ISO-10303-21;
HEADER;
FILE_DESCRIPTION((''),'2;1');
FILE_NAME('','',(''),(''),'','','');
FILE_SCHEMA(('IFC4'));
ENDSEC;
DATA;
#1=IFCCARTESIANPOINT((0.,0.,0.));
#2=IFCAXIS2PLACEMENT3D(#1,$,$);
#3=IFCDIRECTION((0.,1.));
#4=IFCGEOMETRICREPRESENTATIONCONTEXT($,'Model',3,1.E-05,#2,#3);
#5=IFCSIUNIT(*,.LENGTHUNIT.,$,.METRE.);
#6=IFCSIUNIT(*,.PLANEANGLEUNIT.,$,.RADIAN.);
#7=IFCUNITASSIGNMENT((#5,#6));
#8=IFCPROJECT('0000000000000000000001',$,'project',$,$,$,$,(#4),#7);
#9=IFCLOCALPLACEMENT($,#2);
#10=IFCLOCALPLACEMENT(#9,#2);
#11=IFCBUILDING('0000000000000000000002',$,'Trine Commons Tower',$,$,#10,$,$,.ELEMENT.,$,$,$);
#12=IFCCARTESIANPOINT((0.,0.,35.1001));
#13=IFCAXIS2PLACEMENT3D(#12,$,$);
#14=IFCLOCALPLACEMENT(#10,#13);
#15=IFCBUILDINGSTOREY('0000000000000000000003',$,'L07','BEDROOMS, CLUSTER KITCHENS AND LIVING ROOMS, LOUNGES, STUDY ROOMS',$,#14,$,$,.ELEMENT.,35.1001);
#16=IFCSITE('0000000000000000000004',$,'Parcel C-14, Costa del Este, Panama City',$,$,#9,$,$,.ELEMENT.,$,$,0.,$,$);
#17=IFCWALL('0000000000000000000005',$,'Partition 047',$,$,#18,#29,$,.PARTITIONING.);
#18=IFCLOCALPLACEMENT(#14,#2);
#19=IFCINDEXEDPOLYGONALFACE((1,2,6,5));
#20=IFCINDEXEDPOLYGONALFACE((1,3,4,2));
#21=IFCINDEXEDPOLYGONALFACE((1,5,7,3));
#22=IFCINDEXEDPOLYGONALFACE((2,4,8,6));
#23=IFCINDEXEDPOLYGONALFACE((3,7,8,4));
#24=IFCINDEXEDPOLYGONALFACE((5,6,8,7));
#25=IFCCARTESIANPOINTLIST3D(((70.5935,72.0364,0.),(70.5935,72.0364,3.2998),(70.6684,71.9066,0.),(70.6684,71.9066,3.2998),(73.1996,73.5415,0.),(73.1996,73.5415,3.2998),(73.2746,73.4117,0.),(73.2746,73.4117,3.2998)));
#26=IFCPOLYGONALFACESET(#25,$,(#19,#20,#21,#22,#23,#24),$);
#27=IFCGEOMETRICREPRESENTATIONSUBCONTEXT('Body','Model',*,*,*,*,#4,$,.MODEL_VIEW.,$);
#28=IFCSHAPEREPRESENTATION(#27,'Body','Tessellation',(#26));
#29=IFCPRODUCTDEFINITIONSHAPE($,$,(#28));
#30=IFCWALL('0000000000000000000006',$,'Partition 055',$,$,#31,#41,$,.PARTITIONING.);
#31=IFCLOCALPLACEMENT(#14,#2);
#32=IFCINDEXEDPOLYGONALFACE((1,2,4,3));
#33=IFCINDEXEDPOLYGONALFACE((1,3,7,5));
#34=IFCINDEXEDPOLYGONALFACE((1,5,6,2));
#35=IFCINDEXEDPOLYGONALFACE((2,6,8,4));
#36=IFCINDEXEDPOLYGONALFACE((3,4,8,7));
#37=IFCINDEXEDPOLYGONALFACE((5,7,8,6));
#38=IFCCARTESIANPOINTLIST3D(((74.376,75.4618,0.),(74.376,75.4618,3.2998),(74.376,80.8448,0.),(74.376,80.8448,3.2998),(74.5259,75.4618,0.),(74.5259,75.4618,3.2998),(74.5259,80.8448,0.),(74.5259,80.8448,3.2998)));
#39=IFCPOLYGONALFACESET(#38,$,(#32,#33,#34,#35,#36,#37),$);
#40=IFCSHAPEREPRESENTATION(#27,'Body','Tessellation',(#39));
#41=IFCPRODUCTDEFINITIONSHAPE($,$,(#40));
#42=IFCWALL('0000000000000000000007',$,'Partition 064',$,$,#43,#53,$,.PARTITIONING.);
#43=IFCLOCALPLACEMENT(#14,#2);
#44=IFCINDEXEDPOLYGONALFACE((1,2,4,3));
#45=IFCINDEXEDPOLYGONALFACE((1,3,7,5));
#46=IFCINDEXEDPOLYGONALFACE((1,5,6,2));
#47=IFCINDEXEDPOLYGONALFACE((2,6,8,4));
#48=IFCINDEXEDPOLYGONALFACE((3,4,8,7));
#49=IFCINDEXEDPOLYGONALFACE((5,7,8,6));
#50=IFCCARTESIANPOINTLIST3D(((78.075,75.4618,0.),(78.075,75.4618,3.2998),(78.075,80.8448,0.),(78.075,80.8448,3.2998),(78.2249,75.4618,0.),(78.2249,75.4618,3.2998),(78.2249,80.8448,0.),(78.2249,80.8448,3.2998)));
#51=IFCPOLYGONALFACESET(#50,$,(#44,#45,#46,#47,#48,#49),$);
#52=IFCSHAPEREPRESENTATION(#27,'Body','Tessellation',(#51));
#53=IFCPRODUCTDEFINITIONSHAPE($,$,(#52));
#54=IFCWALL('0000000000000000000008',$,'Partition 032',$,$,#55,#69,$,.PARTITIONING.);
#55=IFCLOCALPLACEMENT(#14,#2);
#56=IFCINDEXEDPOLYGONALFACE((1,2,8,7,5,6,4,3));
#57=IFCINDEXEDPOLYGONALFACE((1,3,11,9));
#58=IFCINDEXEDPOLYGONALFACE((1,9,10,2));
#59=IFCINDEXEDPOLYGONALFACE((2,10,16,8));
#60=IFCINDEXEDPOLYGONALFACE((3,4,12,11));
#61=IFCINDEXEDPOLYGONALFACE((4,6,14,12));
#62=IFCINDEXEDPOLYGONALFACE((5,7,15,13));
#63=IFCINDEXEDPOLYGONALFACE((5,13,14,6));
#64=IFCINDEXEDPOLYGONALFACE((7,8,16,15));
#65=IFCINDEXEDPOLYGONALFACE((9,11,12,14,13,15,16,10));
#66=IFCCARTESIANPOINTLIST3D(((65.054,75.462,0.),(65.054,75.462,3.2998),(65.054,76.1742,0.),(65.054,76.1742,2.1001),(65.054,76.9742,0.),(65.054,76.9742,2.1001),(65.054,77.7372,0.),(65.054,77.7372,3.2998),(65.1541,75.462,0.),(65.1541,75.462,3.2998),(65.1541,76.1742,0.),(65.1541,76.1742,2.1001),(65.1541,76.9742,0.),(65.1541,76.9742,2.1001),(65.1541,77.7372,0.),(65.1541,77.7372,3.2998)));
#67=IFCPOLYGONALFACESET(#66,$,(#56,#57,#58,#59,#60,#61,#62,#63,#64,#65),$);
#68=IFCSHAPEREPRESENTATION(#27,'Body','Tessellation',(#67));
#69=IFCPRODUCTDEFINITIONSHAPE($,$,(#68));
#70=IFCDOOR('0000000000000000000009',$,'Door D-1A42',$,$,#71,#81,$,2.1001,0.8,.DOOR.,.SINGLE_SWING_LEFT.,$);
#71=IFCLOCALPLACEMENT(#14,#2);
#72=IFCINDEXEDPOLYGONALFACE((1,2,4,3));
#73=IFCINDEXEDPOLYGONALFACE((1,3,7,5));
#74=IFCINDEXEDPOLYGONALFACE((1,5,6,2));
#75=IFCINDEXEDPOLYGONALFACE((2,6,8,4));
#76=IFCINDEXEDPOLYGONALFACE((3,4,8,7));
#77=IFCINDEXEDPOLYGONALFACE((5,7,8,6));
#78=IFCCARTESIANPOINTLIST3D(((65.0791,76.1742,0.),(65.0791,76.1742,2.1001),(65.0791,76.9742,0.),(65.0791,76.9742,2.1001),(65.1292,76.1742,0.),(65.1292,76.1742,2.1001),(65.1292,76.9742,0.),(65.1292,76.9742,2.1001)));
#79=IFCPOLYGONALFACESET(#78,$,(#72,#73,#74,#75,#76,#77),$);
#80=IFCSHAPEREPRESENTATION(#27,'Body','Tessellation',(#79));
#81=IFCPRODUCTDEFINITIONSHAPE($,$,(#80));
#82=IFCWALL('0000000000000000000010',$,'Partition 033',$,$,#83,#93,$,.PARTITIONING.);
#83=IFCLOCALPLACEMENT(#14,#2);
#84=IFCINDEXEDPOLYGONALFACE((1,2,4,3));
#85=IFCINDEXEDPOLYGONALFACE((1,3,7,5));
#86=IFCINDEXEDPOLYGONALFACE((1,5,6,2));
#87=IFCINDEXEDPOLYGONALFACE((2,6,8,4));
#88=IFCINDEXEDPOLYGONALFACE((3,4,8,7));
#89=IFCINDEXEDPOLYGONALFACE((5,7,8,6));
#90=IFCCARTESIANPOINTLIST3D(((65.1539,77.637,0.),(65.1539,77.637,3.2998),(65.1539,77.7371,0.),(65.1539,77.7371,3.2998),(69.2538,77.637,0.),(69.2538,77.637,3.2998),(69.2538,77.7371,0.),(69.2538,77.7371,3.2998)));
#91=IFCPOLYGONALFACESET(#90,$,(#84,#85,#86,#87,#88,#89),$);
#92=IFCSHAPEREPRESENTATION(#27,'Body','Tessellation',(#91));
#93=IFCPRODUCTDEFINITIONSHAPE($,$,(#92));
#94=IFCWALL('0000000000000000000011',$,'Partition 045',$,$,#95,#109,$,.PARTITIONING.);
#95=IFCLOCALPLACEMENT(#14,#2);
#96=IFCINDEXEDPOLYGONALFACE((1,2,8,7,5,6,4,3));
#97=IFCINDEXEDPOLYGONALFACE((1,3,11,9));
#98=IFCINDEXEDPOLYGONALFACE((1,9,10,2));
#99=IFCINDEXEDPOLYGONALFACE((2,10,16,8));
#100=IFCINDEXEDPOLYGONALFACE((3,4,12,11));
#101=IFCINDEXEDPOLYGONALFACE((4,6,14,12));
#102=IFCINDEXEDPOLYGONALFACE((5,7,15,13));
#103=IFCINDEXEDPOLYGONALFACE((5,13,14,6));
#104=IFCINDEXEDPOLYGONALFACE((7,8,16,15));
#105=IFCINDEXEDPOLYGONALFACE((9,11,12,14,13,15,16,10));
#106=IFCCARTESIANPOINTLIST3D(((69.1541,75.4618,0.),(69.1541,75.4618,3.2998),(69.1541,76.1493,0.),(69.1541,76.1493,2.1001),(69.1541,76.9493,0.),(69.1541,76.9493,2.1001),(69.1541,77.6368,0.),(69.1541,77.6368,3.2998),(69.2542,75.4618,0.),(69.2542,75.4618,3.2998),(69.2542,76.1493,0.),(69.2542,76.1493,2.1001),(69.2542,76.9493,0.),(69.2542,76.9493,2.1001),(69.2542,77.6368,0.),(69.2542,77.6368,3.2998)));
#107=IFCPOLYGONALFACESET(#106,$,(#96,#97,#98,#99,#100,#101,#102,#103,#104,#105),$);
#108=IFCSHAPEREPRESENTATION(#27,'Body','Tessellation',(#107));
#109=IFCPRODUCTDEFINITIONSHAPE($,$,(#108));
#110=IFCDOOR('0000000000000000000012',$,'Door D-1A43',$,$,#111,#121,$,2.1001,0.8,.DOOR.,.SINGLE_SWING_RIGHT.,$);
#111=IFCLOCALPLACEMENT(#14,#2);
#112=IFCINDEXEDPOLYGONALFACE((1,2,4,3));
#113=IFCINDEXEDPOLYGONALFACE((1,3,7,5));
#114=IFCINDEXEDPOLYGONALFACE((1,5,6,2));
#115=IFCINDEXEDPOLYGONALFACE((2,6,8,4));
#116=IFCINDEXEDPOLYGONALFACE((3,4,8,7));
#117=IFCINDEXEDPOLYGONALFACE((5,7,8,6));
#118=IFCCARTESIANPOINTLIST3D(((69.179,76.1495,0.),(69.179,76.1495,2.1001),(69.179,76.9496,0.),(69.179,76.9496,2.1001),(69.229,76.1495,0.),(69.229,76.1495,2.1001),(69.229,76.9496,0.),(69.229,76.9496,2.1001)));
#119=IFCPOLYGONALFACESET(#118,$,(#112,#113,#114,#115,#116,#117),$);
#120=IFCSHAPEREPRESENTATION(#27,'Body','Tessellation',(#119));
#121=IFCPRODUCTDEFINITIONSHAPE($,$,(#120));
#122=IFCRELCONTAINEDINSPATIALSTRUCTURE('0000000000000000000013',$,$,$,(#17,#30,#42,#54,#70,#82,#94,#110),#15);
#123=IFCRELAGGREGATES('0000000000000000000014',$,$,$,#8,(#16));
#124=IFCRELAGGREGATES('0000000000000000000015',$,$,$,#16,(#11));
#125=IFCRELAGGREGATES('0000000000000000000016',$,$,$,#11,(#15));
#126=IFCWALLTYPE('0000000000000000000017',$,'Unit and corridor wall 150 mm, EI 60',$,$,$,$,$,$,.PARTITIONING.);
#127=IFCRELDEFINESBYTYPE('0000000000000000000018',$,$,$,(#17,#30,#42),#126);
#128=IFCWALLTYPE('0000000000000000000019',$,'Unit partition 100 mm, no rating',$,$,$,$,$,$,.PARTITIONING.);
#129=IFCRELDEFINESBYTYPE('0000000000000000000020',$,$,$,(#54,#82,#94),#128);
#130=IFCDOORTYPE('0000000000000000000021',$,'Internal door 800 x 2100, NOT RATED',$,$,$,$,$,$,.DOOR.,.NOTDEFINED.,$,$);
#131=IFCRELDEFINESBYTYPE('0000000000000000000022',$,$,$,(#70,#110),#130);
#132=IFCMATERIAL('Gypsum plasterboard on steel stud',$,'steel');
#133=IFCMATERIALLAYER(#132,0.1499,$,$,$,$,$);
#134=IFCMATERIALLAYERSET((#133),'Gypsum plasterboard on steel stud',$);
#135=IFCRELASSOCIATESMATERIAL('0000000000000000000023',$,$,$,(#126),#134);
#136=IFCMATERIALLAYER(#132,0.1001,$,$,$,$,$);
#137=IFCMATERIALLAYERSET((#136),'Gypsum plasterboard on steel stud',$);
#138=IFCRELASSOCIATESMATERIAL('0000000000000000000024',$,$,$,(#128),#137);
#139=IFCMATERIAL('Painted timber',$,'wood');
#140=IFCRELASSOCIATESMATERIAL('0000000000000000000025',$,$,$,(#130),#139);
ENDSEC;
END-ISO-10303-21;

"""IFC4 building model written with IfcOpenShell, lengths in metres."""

from ifc_helpers import new_model, si_unit, direction, frame, frame_2d, origin, place, context, subcontext, project, spatial, rectangle, extrude, material, layer, layer_set, type_object, element, fill, save


model = new_model("IFC4")

# Units and contexts
model_context = context("Model", 3, precision=1e-05, world=origin(), true_north=direction((0.0, 1.0)))
body_context = subcontext(model_context, "Body", "Model", "MODEL_VIEW")
ifc_project = project(units=[si_unit("LENGTHUNIT", "METRE"), si_unit("PLANEANGLEUNIT", "RADIAN")], contexts=[model_context])

# Site, building, storey
site_placement = place(None, origin())
site = spatial("IfcSite", under=ifc_project, at=site_placement, Name="Parcel C-14, Costa del Este, Panama City", CompositionType="ELEMENT", RefElevation=0.0)
building_placement = place(site_placement, origin())
building = spatial("IfcBuilding", under=site, at=building_placement, Name="Trine Commons Tower", CompositionType="ELEMENT")
storey_placement = place(building_placement, frame((0.0, 0.0, 35.1001)))
storey = spatial("IfcBuildingStorey", under=building, at=storey_placement, Name="L07", Description="BEDROOMS, CLUSTER KITCHENS AND LIVING ROOMS, LOUNGES, STUDY ROOMS", CompositionType="ELEMENT", Elevation=35.1001)

# Shared definitions
ifc_material_1 = material(Name="Gypsum plasterboard on steel stud", Category="steel")
ifc_layer_1 = layer(ifc_material_1, 0.1499)
ifc_layer_set_1 = layer_set([ifc_layer_1], Name="Gypsum plasterboard on steel stud")
wall_type_1 = type_object("IfcWallType", Name="Unit and corridor wall 150 mm, EI 60", PredefinedType="PARTITIONING", material=ifc_layer_set_1)
ifc_material_2 = material(Name="Painted timber", Category="wood")

# Walls
wall_1_placement = place(storey_placement, frame((70.6309, 71.9714, 0.0), z_axis=(0.0, 0.0, 1.0), x_axis=(0.865963, 0.500109, 0.0)))
element("IfcWall", 1, at=wall_1_placement, inside=storey, type_object=wall_type_1, Name="Partition 047", PredefinedType="PARTITIONING", context=body_context, shape_type="SweptSolid", body=[
    extrude(rectangle(XDim=3.0095, YDim=0.1499, at=frame_2d((1.5049, 0.0))), origin(), (0.0, 0.0, 1.0), 3.2998),
])
for number, where, z_axis, x_axis, name in (
    (2, (74.4509, 75.4619, 0.0), (0.0, 0.0, 1.0), (0.0, 1.0, 0.0), "Partition 055"),
    (3, (78.1499, 75.4619, 0.0), (0.0, 0.0, 1.0), (0.0, 1.0, 0.0), "Partition 064"),
):
    element("IfcWall", number, at=place(storey_placement, frame(where, z_axis=z_axis, x_axis=x_axis)), inside=storey, type_object=wall_type_1, Name=name, PredefinedType="PARTITIONING", context=body_context, shape_type="SweptSolid", body=[
        extrude(rectangle(XDim=5.3831, YDim=0.1499, at=frame_2d((2.6914, 0.0))), origin(), (0.0, 0.0, 1.0), 3.2998),
    ])

# Wall, opening, door
ifc_layer_2 = layer(ifc_material_1, 0.1001)
ifc_layer_set_2 = layer_set([ifc_layer_2], Name="Gypsum plasterboard on steel stud")
wall_type_2 = type_object("IfcWallType", Name="Unit partition 100 mm, no rating", PredefinedType="PARTITIONING", material=ifc_layer_set_2)
wall_2_placement = place(storey_placement, frame((65.104, 75.4619, 0.0), z_axis=(0.0, 0.0, 1.0), x_axis=(0.0, 1.0, 0.0)))
wall_2 = element("IfcWall", 4, at=wall_2_placement, inside=storey, type_object=wall_type_2, Name="Partition 032", PredefinedType="PARTITIONING", context=body_context, shape_type="SweptSolid", body=[
    extrude(rectangle(XDim=2.2751, YDim=0.1001, at=frame_2d((1.1377, 0.0))), origin(), (0.0, 0.0, 1.0), 3.2998),
])
opening_1_placement = place(wall_2_placement, frame((0.7124, 0.0, 0.0)))
opening_1 = element("IfcOpeningElement", 5, at=opening_1_placement, cuts=wall_2, PredefinedType="OPENING", context=body_context, shape_type="SweptSolid", body=[
    extrude(rectangle(XDim=0.8, YDim=2.1001, at=frame_2d((0.3999, 1.05))), frame((0.0, 0.0601, 0.0), z_axis=(0.0, -1.0, 0.0), x_axis=(1.0, 0.0, 0.0)), (0.0, 0.0, 1.0), 0.1201),
])
door_type_1 = type_object("IfcDoorType", Name="Internal door 800 x 2100, NOT RATED", OperationType="NOTDEFINED", PredefinedType="DOOR", material=ifc_material_2)
door_1_placement = place(opening_1_placement, origin())
door_1 = element("IfcDoor", 6, at=door_1_placement, inside=storey, type_object=door_type_1, Name="Door D-1A42", OperationType="SINGLE_SWING_LEFT", OverallHeight=2.1001, OverallWidth=0.8, PredefinedType="DOOR", context=body_context, shape_type="SweptSolid", body=[
    extrude(rectangle(XDim=0.8, YDim=2.1001, at=frame_2d((0.3999, 1.05))), frame((0.0, 0.0249, 0.0), z_axis=(0.0, -1.0, 0.0), x_axis=(1.0, 0.0, 0.0)), (0.0, 0.0, 1.0), 0.05),
])
fill(opening_1, door_1)

# Wall
wall_3_placement = place(storey_placement, frame((65.1541, 77.687, 0.0), z_axis=(0.0, 0.0, 1.0), x_axis=(1.0, 0.0, 0.0)))
element("IfcWall", 7, at=wall_3_placement, inside=storey, type_object=wall_type_2, Name="Partition 033", PredefinedType="PARTITIONING", context=body_context, shape_type="SweptSolid", body=[
    extrude(rectangle(XDim=4.0999, YDim=0.1001, at=frame_2d((2.0498, 0.0))), origin(), (0.0, 0.0, 1.0), 3.2998),
])

# Wall, opening, door
wall_4_placement = place(storey_placement, frame((69.2041, 75.4619, 0.0), z_axis=(0.0, 0.0, 1.0), x_axis=(0.0, 1.0, 0.0)))
wall_4 = element("IfcWall", 8, at=wall_4_placement, inside=storey, type_object=wall_type_2, Name="Partition 045", PredefinedType="PARTITIONING", context=body_context, shape_type="SweptSolid", body=[
    extrude(rectangle(XDim=2.175, YDim=0.1001, at=frame_2d((1.0874, 0.0))), origin(), (0.0, 0.0, 1.0), 3.2998),
])
opening_2_placement = place(wall_4_placement, frame((0.6875, 0.0, 0.0)))
opening_2 = element("IfcOpeningElement", 9, at=opening_2_placement, cuts=wall_4, PredefinedType="OPENING", context=body_context, shape_type="SweptSolid", body=[
    extrude(rectangle(XDim=0.8, YDim=2.1001, at=frame_2d((0.3999, 1.05))), frame((0.0, 0.0601, 0.0), z_axis=(0.0, -1.0, 0.0), x_axis=(1.0, 0.0, 0.0)), (0.0, 0.0, 1.0), 0.1201),
])
door_2_placement = place(opening_2_placement, frame((0.8, 0.0, 0.0), z_axis=(0.0, 0.0, 1.0), x_axis=(-1.0, 0.0, 0.0)))
door_2 = element("IfcDoor", 10, at=door_2_placement, inside=storey, type_object=door_type_1, Name="Door D-1A43", OperationType="SINGLE_SWING_RIGHT", OverallHeight=2.1001, OverallWidth=0.8, PredefinedType="DOOR", context=body_context, shape_type="SweptSolid", body=[
    extrude(rectangle(XDim=0.8, YDim=2.1001, at=frame_2d((0.3999, 1.05))), frame((0.0, 0.0249, 0.0), z_axis=(0.0, -1.0, 0.0), x_axis=(1.0, 0.0, 0.0)), (0.0, 0.0, 1.0), 0.05),
])
fill(opening_2, door_2)

save(model, "model.ifc")
